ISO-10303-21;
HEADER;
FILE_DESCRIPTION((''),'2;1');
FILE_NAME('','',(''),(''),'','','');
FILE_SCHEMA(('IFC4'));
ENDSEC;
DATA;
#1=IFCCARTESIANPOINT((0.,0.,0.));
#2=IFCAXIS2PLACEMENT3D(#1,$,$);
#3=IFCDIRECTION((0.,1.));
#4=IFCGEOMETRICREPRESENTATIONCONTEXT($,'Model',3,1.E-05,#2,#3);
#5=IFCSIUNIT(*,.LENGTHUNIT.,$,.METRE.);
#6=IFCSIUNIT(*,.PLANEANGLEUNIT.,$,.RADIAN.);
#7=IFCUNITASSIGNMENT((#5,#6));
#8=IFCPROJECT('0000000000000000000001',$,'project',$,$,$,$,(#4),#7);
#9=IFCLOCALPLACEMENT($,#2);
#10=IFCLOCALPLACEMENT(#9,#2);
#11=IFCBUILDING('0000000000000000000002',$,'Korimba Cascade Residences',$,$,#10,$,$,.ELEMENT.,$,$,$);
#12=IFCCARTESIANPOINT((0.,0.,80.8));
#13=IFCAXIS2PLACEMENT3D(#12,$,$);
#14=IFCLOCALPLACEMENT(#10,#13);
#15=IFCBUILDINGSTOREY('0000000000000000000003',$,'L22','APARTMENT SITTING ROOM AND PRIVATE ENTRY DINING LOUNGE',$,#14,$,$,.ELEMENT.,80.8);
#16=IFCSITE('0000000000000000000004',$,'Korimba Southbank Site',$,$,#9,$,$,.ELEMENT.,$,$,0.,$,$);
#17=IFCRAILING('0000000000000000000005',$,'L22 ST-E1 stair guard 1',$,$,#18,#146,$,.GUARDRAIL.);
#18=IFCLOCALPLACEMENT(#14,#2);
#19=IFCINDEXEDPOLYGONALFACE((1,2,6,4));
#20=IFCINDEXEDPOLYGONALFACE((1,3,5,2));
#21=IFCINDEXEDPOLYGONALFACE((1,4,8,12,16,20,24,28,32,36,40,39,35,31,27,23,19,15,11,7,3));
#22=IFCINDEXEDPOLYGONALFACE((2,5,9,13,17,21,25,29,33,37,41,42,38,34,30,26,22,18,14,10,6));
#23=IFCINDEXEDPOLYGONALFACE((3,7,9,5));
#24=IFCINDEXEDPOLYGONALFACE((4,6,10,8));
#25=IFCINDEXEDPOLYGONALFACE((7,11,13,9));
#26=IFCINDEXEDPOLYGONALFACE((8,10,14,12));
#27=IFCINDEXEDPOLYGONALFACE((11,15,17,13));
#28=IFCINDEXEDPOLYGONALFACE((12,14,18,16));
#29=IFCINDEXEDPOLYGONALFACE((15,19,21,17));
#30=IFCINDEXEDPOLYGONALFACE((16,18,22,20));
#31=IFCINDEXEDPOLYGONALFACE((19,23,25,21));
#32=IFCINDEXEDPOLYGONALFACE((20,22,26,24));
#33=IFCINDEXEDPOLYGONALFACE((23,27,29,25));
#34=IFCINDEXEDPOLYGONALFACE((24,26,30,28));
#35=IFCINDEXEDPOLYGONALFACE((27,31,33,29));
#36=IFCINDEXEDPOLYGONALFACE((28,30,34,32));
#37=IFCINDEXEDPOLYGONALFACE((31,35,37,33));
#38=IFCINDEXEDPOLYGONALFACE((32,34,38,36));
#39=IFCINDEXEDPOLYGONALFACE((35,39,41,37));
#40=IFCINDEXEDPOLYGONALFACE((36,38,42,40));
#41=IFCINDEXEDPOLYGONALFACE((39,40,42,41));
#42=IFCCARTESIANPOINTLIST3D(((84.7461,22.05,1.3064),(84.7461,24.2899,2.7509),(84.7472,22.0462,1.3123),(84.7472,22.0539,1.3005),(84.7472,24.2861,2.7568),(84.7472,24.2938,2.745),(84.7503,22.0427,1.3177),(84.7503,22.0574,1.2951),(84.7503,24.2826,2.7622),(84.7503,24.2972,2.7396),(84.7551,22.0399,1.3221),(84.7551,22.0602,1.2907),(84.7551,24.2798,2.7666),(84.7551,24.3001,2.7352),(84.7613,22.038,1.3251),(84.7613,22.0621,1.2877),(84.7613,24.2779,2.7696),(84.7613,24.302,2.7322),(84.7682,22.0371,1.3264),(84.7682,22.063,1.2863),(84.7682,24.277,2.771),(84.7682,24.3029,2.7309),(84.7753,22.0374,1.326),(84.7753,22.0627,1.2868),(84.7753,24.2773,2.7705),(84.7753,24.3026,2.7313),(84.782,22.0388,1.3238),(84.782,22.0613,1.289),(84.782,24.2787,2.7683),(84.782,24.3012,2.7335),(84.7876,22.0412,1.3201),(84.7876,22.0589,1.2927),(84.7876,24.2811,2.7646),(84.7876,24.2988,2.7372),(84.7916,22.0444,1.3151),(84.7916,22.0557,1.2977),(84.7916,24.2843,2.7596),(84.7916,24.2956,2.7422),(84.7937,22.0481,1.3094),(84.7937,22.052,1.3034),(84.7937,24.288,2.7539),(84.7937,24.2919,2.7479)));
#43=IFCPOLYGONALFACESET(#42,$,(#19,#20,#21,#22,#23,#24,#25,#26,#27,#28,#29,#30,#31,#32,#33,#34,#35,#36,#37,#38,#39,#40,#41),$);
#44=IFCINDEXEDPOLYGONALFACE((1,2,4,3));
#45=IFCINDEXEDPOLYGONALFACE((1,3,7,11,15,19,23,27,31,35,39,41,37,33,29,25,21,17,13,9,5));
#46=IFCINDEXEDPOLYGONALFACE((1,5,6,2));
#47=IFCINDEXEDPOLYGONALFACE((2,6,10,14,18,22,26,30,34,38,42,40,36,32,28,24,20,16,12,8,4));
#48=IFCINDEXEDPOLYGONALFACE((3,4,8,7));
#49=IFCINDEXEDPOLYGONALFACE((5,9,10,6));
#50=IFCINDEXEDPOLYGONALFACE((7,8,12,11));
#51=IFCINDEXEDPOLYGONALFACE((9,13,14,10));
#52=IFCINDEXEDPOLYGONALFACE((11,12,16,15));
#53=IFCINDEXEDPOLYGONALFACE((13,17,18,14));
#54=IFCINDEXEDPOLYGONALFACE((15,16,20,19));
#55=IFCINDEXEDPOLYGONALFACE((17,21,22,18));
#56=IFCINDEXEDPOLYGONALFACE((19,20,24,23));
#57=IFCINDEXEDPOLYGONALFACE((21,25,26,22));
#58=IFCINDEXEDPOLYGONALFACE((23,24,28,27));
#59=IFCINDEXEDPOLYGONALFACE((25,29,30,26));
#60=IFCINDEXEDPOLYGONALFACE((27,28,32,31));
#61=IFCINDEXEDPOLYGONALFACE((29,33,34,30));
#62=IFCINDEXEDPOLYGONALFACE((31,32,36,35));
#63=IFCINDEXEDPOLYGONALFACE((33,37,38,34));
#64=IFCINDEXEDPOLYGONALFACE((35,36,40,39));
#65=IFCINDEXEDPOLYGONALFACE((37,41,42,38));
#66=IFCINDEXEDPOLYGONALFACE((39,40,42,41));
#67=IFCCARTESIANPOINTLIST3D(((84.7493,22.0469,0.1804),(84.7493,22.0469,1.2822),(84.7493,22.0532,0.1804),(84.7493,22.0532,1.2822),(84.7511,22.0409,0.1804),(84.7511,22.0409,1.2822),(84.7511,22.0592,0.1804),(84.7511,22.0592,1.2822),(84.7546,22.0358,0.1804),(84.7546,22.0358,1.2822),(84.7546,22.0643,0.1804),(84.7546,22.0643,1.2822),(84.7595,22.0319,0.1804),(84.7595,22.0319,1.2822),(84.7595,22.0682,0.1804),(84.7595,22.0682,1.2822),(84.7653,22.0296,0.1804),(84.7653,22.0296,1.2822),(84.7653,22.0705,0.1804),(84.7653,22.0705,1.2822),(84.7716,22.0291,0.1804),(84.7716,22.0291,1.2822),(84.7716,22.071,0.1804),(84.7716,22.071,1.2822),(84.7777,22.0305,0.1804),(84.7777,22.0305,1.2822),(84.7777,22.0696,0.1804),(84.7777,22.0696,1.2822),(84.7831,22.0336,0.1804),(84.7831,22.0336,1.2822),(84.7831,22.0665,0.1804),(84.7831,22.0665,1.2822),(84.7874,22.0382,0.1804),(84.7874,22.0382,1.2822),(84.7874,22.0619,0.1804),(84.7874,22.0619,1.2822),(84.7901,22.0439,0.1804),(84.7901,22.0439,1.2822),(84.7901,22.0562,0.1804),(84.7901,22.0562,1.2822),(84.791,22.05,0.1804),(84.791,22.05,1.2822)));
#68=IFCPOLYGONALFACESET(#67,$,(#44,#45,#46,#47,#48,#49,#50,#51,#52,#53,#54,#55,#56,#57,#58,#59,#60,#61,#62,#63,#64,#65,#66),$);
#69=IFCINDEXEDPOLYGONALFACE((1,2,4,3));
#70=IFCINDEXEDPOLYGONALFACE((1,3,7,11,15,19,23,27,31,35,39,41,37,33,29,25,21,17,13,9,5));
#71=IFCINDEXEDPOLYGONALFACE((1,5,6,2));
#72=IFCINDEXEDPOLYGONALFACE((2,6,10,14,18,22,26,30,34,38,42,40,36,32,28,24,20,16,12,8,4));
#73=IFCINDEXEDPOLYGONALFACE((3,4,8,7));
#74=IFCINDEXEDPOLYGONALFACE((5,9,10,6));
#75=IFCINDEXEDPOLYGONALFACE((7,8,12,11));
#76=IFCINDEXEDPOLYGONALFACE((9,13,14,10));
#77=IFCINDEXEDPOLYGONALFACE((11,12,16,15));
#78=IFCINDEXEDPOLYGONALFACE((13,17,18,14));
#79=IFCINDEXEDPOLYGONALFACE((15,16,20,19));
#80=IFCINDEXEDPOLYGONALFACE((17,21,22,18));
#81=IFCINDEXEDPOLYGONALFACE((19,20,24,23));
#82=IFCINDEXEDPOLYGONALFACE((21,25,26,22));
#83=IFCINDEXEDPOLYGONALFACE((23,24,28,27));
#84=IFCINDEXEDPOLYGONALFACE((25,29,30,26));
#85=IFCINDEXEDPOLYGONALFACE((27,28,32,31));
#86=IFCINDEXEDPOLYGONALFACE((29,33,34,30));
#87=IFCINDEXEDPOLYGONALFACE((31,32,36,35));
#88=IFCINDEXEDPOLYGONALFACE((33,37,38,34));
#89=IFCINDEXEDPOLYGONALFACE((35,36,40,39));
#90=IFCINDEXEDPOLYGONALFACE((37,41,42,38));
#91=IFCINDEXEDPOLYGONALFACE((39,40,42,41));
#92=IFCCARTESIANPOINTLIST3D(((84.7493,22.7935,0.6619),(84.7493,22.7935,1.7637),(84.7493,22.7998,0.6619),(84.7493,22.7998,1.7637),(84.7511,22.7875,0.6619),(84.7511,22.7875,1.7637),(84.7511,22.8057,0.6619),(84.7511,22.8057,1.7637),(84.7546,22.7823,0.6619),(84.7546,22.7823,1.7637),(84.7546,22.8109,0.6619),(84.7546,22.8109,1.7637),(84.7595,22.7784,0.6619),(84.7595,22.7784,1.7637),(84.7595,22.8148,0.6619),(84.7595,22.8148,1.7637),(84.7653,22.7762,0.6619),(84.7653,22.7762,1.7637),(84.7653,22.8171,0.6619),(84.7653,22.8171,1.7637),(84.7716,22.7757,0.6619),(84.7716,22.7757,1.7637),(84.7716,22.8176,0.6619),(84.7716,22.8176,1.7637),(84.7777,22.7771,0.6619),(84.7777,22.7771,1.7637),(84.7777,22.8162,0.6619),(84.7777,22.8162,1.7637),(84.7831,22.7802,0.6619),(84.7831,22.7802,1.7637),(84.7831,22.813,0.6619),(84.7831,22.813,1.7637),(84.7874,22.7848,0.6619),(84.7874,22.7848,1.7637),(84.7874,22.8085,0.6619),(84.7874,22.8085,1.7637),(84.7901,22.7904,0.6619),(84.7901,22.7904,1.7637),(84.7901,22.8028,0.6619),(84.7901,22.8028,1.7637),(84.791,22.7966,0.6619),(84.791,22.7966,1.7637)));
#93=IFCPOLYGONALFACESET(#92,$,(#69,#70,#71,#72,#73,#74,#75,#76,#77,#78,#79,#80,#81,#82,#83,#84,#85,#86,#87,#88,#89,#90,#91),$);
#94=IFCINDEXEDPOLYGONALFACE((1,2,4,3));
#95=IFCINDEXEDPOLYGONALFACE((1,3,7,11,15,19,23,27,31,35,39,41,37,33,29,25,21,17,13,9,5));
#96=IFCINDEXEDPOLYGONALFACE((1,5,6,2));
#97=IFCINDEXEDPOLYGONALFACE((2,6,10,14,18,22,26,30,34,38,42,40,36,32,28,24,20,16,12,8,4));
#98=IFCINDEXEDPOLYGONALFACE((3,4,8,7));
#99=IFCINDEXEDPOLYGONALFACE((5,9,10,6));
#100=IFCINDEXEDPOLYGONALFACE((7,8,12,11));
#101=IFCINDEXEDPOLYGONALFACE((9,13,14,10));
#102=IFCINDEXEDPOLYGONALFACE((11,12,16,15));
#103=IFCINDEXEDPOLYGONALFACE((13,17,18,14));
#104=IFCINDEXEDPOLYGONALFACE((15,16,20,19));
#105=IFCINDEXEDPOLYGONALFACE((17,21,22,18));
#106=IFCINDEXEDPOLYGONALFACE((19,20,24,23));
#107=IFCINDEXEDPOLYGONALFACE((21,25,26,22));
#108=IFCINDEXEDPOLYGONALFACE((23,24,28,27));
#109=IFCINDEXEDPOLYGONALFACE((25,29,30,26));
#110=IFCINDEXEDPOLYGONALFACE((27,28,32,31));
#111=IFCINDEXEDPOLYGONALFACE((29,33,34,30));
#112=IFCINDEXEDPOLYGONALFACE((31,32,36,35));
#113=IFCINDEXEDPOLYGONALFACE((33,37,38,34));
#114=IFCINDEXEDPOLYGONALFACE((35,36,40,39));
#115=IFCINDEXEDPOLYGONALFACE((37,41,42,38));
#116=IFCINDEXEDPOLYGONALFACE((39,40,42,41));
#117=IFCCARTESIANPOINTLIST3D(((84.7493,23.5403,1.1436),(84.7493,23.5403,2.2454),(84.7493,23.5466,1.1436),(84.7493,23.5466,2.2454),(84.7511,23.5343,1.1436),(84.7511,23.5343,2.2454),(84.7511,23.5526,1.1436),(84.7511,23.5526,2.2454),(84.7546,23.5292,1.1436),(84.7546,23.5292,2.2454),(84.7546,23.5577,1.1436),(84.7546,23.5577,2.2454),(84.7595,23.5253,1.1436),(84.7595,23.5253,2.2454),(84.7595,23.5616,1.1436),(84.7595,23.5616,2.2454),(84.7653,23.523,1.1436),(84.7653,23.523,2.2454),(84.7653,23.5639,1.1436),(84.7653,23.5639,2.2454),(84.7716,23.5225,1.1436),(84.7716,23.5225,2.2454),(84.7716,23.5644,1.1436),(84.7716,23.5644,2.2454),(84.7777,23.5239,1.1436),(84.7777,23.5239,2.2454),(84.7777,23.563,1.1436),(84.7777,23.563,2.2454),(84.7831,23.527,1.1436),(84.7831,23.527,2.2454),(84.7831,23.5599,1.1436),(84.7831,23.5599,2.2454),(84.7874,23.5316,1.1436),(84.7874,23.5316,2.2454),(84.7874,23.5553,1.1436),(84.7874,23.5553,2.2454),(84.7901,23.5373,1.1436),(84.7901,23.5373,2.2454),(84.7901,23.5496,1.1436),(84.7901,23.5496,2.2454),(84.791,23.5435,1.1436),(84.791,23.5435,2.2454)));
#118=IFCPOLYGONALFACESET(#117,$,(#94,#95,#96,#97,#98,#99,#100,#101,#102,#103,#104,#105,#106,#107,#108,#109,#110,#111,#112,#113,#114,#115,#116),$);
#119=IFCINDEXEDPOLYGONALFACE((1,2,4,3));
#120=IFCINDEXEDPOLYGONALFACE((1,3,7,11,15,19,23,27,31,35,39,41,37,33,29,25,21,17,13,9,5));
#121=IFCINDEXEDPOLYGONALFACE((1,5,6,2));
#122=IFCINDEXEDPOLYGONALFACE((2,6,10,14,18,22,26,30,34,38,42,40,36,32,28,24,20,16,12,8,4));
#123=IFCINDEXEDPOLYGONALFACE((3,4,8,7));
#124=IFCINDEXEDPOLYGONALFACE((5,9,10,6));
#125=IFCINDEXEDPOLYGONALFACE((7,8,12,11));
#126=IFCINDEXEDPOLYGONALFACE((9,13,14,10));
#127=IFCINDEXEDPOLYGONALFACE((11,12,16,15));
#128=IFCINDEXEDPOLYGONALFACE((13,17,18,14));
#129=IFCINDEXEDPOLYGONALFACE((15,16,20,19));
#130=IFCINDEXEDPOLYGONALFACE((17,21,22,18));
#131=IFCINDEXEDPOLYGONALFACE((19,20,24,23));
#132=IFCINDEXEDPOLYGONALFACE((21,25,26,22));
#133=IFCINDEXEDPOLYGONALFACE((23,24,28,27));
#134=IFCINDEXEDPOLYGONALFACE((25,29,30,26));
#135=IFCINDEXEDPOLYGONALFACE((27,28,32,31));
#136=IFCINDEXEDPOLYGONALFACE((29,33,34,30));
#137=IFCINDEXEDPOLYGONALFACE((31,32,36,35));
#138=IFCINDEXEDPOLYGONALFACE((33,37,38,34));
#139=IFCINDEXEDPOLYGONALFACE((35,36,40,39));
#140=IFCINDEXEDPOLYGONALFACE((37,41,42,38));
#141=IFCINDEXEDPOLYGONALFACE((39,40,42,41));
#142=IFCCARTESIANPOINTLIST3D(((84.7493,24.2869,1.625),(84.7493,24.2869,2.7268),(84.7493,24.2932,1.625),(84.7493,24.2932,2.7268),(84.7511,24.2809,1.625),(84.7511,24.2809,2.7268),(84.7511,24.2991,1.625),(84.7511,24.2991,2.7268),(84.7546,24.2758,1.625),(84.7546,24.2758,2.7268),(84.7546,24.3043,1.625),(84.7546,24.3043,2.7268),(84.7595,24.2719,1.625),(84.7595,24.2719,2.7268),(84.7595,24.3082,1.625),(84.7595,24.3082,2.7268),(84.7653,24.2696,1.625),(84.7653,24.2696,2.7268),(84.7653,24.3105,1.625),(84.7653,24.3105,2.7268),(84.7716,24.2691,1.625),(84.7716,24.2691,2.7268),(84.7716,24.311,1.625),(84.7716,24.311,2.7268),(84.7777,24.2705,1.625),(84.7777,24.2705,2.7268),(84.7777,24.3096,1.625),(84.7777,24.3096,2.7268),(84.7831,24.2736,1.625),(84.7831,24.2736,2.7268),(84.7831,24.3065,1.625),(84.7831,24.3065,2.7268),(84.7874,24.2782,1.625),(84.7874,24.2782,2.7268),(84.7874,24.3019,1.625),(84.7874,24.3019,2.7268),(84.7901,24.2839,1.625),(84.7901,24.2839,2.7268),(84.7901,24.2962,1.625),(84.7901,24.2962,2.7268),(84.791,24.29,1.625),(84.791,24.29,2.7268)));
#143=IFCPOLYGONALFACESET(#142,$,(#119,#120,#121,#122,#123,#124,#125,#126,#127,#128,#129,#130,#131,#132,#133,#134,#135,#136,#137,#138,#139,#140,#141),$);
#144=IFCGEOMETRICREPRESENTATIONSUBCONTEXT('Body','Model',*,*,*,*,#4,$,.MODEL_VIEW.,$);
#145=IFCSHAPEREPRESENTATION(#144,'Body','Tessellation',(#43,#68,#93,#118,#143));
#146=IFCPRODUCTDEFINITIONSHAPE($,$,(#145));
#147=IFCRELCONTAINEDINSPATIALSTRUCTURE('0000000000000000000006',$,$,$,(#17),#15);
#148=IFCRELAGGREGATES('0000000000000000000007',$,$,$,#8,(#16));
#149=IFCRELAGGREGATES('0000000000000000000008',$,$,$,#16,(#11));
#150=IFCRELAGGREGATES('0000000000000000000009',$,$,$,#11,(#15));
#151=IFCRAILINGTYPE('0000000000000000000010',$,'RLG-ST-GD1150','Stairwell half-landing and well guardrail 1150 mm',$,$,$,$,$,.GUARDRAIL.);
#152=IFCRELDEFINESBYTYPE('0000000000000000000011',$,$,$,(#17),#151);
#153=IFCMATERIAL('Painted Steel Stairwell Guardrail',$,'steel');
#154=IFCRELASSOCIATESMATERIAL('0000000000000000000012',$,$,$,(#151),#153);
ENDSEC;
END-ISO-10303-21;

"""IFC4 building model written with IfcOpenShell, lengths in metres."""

from ifc_helpers import new_model, si_unit, direction, frame, origin, origin_2d, place, context, subcontext, project, spatial, circle, extrude, material, type_object, element, save


model = new_model("IFC4")

# Units and contexts
model_context = context("Model", 3, precision=1e-05, world=origin(), true_north=direction((0.0, 1.0)))
body_context = subcontext(model_context, "Body", "Model", "MODEL_VIEW")
ifc_project = project(units=[si_unit("LENGTHUNIT", "METRE"), si_unit("PLANEANGLEUNIT", "RADIAN")], contexts=[model_context])

# Site, building, storey
site_placement = place(None, origin())
site = spatial("IfcSite", under=ifc_project, at=site_placement, Name="Korimba Southbank Site", CompositionType="ELEMENT", RefElevation=0.0)
building_placement = place(site_placement, origin())
building = spatial("IfcBuilding", under=site, at=building_placement, Name="Korimba Cascade Residences", CompositionType="ELEMENT")
storey_placement = place(building_placement, frame((0.0, 0.0, 80.8)))
storey = spatial("IfcBuildingStorey", under=building, at=storey_placement, Name="L22", Description="APARTMENT SITTING ROOM AND PRIVATE ENTRY DINING LOUNGE", CompositionType="ELEMENT", Elevation=80.8)

# Railing
ifc_material_1 = material(Name="Painted Steel Stairwell Guardrail", Category="steel")
railing_type_1 = type_object("IfcRailingType", Name="RLG-ST-GD1150", Description="Stairwell half-landing and well guardrail 1150 mm", PredefinedType="GUARDRAIL", material=ifc_material_1)
railing_1_placement = place(storey_placement, frame((84.77, 22.05, 0.1804)))
element("IfcRailing", 1, at=railing_1_placement, inside=storey, type_object=railing_type_1, Name="L22 ST-E1 stair guard 1", PredefinedType="GUARDRAIL", context=body_context, shape_type="SweptSolid", body=[
    extrude(circle(Radius=0.0239, at=origin_2d()), frame((0.0, 0.0, 1.126), z_axis=(0.0, 0.840395, 0.541975), x_axis=(-1.0, 0.0, 0.0)), (0.0, 0.0, 1.0), 2.6653),
    extrude(circle(Radius=0.021, at=origin_2d()), origin(), (0.0, 0.0, 1.0), 1.1018),
    extrude(circle(Radius=0.021, at=origin_2d()), frame((0.0, 0.7466, 0.4814)), (0.0, 0.0, 1.0), 1.1018),
    extrude(circle(Radius=0.021, at=origin_2d()), frame((0.0, 1.4934, 0.9631)), (0.0, 0.0, 1.0), 1.1018),
    extrude(circle(Radius=0.021, at=origin_2d()), frame((0.0, 2.24, 1.4446)), (0.0, 0.0, 1.0), 1.1018),
])

save(model, "model.ifc")
